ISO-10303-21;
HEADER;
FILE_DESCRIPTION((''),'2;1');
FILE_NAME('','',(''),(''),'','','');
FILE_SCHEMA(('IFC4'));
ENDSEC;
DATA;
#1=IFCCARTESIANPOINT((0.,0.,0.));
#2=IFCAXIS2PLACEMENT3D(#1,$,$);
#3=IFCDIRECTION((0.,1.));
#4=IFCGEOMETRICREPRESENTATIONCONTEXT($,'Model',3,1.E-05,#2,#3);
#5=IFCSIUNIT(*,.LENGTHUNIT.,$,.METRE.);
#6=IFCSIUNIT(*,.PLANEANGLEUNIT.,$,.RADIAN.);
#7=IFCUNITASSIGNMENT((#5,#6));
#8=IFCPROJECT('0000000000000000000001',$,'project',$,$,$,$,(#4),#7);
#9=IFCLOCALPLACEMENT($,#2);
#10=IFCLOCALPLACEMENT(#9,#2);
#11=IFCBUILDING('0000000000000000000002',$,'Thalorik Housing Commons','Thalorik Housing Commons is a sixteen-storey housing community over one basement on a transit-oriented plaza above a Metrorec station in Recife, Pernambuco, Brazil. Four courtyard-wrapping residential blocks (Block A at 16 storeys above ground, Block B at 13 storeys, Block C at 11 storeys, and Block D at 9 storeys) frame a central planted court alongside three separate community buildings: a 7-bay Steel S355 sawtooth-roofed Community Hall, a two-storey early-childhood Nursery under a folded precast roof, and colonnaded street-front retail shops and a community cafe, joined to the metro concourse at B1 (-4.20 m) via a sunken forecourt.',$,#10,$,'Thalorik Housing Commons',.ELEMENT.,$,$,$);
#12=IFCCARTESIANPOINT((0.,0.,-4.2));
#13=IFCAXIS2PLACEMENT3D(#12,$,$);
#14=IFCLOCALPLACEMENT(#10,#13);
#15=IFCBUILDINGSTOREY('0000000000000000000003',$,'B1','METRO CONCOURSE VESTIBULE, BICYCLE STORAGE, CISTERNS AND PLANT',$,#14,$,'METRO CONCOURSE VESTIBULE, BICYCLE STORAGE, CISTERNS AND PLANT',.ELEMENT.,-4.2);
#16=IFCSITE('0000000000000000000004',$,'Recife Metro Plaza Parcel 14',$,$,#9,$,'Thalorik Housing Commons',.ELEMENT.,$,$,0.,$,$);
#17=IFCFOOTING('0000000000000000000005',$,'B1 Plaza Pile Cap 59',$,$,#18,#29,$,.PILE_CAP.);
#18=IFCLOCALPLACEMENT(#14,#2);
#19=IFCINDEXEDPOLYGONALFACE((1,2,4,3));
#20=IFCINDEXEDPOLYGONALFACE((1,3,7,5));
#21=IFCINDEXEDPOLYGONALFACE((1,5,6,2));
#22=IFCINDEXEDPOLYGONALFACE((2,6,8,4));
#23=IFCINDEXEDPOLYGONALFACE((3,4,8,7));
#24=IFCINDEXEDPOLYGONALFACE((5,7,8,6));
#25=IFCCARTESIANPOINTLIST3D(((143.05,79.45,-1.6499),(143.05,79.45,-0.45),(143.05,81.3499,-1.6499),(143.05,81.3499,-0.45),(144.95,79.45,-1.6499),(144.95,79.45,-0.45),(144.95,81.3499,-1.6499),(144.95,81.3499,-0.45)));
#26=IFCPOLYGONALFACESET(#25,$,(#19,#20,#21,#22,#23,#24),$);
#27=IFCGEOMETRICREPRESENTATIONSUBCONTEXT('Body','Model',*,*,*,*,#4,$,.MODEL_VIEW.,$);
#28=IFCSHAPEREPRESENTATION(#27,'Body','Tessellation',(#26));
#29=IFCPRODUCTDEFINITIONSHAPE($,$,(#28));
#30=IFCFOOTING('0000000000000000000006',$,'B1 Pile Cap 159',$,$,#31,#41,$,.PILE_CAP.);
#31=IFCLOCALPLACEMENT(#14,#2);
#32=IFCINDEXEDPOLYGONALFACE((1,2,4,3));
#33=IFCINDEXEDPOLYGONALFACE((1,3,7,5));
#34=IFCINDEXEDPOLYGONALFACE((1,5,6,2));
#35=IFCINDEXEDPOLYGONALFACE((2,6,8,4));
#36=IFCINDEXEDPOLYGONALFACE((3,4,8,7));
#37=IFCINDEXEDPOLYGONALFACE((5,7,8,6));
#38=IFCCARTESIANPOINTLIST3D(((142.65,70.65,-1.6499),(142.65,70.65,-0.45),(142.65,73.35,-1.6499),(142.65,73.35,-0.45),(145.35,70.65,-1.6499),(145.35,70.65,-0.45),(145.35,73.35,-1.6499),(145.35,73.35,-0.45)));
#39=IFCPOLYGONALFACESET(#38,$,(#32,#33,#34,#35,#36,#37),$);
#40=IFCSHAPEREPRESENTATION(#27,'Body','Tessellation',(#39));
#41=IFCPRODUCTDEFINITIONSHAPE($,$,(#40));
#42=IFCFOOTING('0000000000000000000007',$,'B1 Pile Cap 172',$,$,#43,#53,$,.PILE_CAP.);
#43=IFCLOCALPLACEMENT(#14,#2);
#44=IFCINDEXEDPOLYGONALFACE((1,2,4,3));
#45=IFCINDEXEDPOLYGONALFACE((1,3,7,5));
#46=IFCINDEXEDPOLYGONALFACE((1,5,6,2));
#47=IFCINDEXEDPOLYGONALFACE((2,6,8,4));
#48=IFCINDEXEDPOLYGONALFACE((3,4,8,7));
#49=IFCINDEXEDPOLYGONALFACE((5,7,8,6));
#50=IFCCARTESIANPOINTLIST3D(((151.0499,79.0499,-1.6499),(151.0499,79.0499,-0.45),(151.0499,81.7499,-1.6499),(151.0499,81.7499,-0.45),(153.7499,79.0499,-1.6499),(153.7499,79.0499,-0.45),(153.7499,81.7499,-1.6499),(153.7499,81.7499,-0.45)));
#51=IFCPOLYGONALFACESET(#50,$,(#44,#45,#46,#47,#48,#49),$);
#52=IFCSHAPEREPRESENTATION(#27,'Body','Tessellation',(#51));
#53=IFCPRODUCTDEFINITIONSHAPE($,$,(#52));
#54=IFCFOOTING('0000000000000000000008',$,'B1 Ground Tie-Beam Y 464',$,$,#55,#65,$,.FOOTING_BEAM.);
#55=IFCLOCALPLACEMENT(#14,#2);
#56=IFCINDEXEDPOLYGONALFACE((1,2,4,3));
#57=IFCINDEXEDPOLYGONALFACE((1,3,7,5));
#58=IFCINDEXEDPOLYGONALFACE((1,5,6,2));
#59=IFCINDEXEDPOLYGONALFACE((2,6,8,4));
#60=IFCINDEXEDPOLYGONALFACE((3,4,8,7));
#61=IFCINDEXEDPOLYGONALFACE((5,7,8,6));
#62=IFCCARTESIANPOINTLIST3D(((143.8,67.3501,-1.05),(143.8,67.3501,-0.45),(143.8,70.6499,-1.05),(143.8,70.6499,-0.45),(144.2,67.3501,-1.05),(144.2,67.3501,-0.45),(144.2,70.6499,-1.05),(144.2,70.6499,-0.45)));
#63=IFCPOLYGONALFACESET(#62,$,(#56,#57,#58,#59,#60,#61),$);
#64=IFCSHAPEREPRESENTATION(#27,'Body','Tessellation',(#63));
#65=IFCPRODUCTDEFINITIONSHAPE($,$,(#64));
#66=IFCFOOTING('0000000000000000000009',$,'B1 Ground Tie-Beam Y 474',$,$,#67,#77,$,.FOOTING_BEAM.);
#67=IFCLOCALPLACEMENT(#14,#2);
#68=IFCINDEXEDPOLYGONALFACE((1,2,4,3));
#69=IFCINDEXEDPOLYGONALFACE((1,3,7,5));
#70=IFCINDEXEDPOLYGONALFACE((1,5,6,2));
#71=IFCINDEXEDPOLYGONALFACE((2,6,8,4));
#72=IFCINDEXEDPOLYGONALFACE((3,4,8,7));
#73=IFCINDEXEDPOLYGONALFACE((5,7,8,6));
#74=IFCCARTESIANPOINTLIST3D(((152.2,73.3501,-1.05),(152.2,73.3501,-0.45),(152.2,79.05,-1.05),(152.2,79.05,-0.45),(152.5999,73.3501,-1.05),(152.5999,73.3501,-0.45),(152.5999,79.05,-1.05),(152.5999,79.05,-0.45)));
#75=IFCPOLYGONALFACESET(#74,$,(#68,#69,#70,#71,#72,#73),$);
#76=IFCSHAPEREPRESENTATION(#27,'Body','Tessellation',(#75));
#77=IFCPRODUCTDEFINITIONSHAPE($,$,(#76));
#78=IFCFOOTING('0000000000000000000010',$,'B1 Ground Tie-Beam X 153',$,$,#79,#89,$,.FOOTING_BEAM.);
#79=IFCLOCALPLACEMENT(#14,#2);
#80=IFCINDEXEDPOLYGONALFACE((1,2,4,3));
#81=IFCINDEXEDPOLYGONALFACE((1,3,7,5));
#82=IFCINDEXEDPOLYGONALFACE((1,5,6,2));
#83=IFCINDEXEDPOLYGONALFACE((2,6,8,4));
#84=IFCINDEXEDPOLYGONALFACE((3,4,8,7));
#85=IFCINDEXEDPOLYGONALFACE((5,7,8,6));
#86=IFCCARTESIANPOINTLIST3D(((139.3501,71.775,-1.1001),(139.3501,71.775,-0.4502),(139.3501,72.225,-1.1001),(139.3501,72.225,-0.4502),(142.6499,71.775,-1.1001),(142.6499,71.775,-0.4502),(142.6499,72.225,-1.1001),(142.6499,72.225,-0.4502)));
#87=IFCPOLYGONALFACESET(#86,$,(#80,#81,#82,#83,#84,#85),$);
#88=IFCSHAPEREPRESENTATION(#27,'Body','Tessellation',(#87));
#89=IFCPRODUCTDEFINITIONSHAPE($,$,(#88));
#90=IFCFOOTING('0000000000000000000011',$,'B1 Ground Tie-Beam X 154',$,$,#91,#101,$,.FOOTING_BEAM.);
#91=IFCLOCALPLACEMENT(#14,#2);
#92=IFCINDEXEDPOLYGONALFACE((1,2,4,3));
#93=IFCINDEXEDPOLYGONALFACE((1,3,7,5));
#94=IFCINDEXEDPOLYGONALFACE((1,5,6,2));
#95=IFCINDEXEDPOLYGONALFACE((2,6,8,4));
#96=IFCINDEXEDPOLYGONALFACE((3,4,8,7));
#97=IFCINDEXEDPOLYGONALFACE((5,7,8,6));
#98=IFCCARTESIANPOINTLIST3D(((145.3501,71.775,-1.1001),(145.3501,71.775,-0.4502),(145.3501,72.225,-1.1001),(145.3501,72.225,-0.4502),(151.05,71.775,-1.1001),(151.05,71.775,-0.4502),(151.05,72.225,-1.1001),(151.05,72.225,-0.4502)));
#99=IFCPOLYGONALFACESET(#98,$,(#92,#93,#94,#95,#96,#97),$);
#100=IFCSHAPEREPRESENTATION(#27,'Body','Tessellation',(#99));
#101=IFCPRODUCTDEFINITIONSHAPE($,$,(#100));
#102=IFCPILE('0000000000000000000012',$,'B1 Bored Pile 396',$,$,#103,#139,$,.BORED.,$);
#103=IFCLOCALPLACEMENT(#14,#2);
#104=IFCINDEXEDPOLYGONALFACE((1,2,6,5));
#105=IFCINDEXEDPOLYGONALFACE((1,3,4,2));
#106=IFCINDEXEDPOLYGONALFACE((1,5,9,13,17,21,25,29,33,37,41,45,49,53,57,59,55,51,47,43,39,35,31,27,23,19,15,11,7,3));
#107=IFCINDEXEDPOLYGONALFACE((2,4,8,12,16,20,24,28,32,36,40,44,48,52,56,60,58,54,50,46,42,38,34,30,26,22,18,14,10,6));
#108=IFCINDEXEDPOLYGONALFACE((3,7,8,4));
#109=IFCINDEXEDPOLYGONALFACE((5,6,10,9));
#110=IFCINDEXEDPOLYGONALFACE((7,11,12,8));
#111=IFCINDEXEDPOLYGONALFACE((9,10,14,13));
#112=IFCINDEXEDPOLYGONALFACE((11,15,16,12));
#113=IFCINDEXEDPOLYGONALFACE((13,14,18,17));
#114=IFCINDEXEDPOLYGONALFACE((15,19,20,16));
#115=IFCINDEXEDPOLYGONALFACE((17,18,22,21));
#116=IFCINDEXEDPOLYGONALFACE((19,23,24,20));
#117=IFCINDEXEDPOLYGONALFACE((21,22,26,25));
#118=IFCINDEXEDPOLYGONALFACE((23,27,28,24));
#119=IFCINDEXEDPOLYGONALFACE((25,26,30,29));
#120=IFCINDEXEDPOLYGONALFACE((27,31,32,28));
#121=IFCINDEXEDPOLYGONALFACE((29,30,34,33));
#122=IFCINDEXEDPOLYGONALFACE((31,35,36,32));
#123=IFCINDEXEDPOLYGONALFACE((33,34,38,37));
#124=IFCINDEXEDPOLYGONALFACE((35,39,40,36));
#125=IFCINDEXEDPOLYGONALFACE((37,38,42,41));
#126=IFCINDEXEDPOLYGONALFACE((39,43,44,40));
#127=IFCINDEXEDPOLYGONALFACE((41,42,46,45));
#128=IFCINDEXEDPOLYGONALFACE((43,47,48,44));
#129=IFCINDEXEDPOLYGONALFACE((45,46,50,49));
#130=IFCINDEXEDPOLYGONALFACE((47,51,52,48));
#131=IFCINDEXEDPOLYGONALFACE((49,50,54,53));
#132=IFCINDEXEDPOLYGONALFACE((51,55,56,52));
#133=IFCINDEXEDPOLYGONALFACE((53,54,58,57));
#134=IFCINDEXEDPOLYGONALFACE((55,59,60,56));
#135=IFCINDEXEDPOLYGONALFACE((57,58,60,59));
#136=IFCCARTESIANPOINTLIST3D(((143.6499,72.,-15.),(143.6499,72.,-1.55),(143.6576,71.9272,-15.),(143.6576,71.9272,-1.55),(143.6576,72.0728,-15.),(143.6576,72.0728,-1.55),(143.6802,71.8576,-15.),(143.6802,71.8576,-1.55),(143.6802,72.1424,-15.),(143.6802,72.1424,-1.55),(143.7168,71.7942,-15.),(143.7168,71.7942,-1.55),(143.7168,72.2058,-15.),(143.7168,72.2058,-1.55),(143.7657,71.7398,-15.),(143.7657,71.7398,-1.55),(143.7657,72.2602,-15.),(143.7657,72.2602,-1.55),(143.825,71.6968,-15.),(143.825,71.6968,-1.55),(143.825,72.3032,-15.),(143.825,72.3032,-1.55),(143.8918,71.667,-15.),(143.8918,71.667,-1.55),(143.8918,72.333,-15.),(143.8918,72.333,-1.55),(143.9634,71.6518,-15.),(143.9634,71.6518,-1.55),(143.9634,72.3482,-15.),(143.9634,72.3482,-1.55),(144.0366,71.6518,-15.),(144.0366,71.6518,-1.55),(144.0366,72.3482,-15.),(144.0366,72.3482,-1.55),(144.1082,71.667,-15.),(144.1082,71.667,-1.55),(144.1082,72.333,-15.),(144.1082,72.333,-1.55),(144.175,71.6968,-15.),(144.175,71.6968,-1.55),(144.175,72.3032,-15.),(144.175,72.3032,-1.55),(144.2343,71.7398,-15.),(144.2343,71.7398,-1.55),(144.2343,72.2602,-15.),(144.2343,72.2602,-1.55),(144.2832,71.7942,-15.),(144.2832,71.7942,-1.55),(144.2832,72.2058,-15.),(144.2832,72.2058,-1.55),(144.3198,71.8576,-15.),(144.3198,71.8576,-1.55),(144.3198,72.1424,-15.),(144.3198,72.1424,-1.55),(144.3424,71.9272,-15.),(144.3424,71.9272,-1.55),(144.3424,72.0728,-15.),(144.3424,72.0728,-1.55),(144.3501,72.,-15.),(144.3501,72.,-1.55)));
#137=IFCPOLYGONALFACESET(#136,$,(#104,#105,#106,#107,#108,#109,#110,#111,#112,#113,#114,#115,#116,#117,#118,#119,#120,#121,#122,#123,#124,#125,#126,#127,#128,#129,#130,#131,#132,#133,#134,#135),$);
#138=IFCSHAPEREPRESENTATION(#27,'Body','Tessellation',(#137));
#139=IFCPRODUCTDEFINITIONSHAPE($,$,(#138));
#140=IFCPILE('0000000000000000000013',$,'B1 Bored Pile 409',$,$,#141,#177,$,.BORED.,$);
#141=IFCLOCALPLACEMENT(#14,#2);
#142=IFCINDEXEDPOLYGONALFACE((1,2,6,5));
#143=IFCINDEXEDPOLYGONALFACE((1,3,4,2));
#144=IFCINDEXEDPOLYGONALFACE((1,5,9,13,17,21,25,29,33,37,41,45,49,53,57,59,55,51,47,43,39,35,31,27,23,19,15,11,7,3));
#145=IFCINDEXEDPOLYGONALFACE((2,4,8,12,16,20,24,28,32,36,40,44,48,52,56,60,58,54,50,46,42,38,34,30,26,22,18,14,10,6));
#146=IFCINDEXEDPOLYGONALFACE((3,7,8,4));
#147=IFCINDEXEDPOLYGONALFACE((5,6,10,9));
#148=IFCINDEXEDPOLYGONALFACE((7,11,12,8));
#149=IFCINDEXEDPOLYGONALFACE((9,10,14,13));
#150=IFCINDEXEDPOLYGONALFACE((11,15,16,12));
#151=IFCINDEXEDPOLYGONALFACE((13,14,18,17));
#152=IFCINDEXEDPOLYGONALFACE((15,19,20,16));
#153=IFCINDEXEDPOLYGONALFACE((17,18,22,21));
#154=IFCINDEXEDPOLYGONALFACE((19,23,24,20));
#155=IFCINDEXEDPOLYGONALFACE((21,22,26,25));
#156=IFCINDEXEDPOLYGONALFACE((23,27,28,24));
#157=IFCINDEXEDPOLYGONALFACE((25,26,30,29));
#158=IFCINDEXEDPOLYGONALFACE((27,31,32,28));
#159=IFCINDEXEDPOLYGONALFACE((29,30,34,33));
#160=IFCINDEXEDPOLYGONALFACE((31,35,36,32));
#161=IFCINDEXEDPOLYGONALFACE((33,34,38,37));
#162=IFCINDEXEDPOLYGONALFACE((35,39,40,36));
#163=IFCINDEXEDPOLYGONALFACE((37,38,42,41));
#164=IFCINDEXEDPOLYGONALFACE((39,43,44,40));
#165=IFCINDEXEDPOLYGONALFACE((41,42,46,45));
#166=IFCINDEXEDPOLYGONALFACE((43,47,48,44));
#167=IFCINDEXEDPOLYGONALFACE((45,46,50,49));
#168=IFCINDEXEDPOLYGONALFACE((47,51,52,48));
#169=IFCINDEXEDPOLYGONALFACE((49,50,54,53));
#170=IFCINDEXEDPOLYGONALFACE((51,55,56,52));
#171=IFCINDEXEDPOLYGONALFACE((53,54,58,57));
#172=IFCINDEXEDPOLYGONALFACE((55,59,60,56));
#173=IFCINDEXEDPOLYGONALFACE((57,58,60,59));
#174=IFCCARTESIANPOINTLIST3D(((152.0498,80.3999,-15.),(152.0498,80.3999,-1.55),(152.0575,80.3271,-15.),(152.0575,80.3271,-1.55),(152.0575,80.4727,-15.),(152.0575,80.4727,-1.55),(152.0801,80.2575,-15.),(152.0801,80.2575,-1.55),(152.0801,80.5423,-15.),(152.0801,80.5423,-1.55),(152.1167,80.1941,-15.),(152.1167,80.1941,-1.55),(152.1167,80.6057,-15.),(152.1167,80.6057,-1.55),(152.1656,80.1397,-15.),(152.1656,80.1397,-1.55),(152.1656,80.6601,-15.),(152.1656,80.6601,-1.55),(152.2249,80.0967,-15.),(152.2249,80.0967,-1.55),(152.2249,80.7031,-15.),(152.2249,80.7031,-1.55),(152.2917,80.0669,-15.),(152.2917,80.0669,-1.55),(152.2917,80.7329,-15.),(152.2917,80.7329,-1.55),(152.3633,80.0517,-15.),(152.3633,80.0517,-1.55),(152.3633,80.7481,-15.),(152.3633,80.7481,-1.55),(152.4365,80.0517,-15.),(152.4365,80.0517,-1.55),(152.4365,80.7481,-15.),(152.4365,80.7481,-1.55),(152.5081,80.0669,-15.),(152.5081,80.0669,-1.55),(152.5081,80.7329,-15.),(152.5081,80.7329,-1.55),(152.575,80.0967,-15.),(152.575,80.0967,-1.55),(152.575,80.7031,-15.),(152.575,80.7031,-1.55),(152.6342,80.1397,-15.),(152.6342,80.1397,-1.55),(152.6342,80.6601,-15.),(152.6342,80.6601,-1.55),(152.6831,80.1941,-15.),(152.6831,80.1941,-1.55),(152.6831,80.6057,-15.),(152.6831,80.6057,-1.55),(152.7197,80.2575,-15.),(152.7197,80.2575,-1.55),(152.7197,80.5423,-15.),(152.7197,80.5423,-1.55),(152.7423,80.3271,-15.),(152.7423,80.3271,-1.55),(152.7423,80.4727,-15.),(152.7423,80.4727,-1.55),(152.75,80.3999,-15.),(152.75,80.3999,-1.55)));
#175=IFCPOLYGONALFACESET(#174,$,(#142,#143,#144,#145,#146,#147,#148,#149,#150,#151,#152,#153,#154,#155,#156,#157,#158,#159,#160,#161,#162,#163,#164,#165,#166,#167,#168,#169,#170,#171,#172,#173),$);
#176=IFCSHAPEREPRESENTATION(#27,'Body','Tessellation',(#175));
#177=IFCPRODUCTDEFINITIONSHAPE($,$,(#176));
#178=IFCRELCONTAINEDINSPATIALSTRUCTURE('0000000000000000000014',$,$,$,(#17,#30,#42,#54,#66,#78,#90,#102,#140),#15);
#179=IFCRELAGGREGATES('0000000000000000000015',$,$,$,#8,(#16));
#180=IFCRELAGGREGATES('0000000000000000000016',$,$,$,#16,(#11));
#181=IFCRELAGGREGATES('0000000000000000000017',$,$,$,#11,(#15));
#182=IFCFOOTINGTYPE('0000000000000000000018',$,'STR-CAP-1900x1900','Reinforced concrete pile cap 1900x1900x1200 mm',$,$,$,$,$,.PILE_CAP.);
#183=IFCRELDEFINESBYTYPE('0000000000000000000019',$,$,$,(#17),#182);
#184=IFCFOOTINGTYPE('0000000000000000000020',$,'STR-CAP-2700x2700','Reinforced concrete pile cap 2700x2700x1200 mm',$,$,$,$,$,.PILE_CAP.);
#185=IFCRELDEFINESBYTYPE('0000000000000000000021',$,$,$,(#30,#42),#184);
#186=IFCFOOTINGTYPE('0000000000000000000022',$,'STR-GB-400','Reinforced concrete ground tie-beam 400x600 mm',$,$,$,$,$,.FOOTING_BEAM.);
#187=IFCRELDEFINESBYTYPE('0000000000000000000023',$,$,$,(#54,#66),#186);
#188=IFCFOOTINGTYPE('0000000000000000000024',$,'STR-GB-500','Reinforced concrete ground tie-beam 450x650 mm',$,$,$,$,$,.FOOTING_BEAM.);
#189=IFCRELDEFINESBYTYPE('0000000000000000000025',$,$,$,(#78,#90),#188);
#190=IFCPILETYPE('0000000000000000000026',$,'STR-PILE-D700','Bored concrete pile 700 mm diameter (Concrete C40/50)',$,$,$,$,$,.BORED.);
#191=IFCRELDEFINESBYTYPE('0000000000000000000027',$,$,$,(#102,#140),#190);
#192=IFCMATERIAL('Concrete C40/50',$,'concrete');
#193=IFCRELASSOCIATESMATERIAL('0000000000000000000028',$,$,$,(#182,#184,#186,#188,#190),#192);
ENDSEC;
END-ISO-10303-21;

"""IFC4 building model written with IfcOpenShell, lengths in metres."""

from ifc_helpers import new_model, si_unit, direction, frame, origin, origin_2d, place, context, subcontext, project, spatial, rectangle, circle, extrude, material, material_profile, profile_set, type_object, element, save


model = new_model("IFC4")

# Units and contexts
model_context = context("Model", 3, precision=1e-05, world=origin(), true_north=direction((0.0, 1.0)))
body_context = subcontext(model_context, "Body", "Model", "MODEL_VIEW")
ifc_project = project(units=[si_unit("LENGTHUNIT", "METRE"), si_unit("PLANEANGLEUNIT", "RADIAN")], contexts=[model_context])

# Site, building, storey
site_placement = place(None, origin())
site = spatial("IfcSite", under=ifc_project, at=site_placement, Name="Recife Metro Plaza Parcel 14", LongName="Thalorik Housing Commons", CompositionType="ELEMENT", RefElevation=0.0)
building_placement = place(site_placement, origin())
building = spatial("IfcBuilding", under=site, at=building_placement, Name="Thalorik Housing Commons", Description="Thalorik Housing Commons is a sixteen-storey housing community over one basement on a transit-oriented plaza above a Metrorec station in Recife, Pernambuco, Brazil. Four courtyard-wrapping residential blocks (Block A at 16 storeys above ground, Block B at 13 storeys, Block C at 11 storeys, and Block D at 9 storeys) frame a central planted court alongside three separate community buildings: a 7-bay Steel S355 sawtooth-roofed Community Hall, a two-storey early-childhood Nursery under a folded precast roof, and colonnaded street-front retail shops and a community cafe, joined to the metro concourse at B1 (-4.20 m) via a sunken forecourt.", LongName="Thalorik Housing Commons", CompositionType="ELEMENT")
storey_placement = place(building_placement, frame((0.0, 0.0, -4.2)))
storey = spatial("IfcBuildingStorey", under=building, at=storey_placement, Name="B1", Description="METRO CONCOURSE VESTIBULE, BICYCLE STORAGE, CISTERNS AND PLANT", LongName="METRO CONCOURSE VESTIBULE, BICYCLE STORAGE, CISTERNS AND PLANT", CompositionType="ELEMENT", Elevation=-4.2)

# Footings
ifc_material_1 = material(Name="Concrete C40/50", Category="concrete")
footing_type_1 = type_object("IfcFootingType", Name="STR-CAP-1900x1900", Description="Reinforced concrete pile cap 1900x1900x1200 mm", PredefinedType="PILE_CAP", material=ifc_material_1)
footing_1_placement = place(storey_placement, frame((144.0, 80.3999, -1.6499), z_axis=(0.0, 0.0, 1.0), x_axis=(1.0, 0.0, 0.0)))
element("IfcFooting", 1, at=footing_1_placement, inside=storey, type_object=footing_type_1, Name="B1 Plaza Pile Cap 59", PredefinedType="PILE_CAP", context=body_context, shape_type="SweptSolid", body=[
    extrude(rectangle(XDim=1.8999, YDim=1.8999, at=origin_2d()), origin(), (0.0, 0.0, 1.0), 1.2),
])
footing_type_2 = type_object("IfcFootingType", Name="STR-CAP-2700x2700", Description="Reinforced concrete pile cap 2700x2700x1200 mm", PredefinedType="PILE_CAP", material=ifc_material_1)
for number, where, z_axis, x_axis, name in (
    (2, (144.0, 72.0, -1.6499), (0.0, 0.0, 1.0), (1.0, 0.0, 0.0), "B1 Pile Cap 159"),
    (3, (152.3999, 80.3999, -1.6499), (0.0, 0.0, 1.0), (1.0, 0.0, 0.0), "B1 Pile Cap 172"),
):
    element("IfcFooting", number, at=place(storey_placement, frame(where, z_axis=z_axis, x_axis=x_axis)), inside=storey, type_object=footing_type_2, Name=name, PredefinedType="PILE_CAP", context=body_context, shape_type="SweptSolid", body=[
        extrude(rectangle(XDim=2.7, YDim=2.7, at=origin_2d()), origin(), (0.0, 0.0, 1.0), 1.2),
    ])
ifc_material_profile_1 = material_profile(ifc_material_1, rectangle(XDim=0.3999, YDim=0.6001, at=origin_2d()), Name="RC 400x600", Category="concrete")
ifc_profile_set_1 = profile_set([ifc_material_profile_1], Name="Concrete C40/50")
footing_type_3 = type_object("IfcFootingType", Name="STR-GB-400", Description="Reinforced concrete ground tie-beam 400x600 mm", PredefinedType="FOOTING_BEAM", material=ifc_profile_set_1)
footing_2_placement = place(storey_placement, frame((144.0, 67.3501, -0.75), z_axis=(0.0, 1.0, 0.0), x_axis=(-1.0, 0.0, 0.0)))
element("IfcFooting", 4, at=footing_2_placement, inside=storey, type_object=footing_type_3, Name="B1 Ground Tie-Beam Y 464", PredefinedType="FOOTING_BEAM", context=body_context, shape_type="SweptSolid", body=[
    extrude(rectangle(XDim=0.3999, YDim=0.6001, at=origin_2d()), origin(), (0.0, 0.0, 1.0), 3.2998),
])
footing_3_placement = place(storey_placement, frame((152.3999, 73.3501, -0.75), z_axis=(0.0, 1.0, 0.0), x_axis=(-1.0, 0.0, 0.0)))
element("IfcFooting", 5, at=footing_3_placement, inside=storey, type_object=footing_type_3, Name="B1 Ground Tie-Beam Y 474", PredefinedType="FOOTING_BEAM", context=body_context, shape_type="SweptSolid", body=[
    extrude(rectangle(XDim=0.3999, YDim=0.6001, at=origin_2d()), origin(), (0.0, 0.0, 1.0), 5.7),
])
ifc_material_profile_2 = material_profile(ifc_material_1, rectangle(XDim=0.45, YDim=0.6499, at=origin_2d()), Name="RC 450x650", Category="concrete")
ifc_profile_set_2 = profile_set([ifc_material_profile_2], Name="Concrete C40/50")
footing_type_4 = type_object("IfcFootingType", Name="STR-GB-500", Description="Reinforced concrete ground tie-beam 450x650 mm", PredefinedType="FOOTING_BEAM", material=ifc_profile_set_2)
footing_4_placement = place(storey_placement, frame((139.3501, 72.0, -0.7751), z_axis=(1.0, 0.0, 0.0), x_axis=(0.0, 1.0, 0.0)))
element("IfcFooting", 6, at=footing_4_placement, inside=storey, type_object=footing_type_4, Name="B1 Ground Tie-Beam X 153", PredefinedType="FOOTING_BEAM", context=body_context, shape_type="SweptSolid", body=[
    extrude(rectangle(XDim=0.45, YDim=0.6499, at=origin_2d()), origin(), (0.0, 0.0, 1.0), 3.2998),
])
footing_5_placement = place(storey_placement, frame((145.3501, 72.0, -0.7751), z_axis=(1.0, 0.0, 0.0), x_axis=(0.0, 1.0, 0.0)))
element("IfcFooting", 7, at=footing_5_placement, inside=storey, type_object=footing_type_4, Name="B1 Ground Tie-Beam X 154", PredefinedType="FOOTING_BEAM", context=body_context, shape_type="SweptSolid", body=[
    extrude(rectangle(XDim=0.45, YDim=0.6499, at=origin_2d()), origin(), (0.0, 0.0, 1.0), 5.7),
])

# Piles
ifc_material_profile_3 = material_profile(ifc_material_1, circle(Radius=0.3501, at=origin_2d()), Name="BORED PILE D700", Category="concrete")
ifc_profile_set_3 = profile_set([ifc_material_profile_3], Name="Concrete C40/50")
pile_type_1 = type_object("IfcPileType", Name="STR-PILE-D700", Description="Bored concrete pile 700 mm diameter (Concrete C40/50)", PredefinedType="BORED", material=ifc_profile_set_3)
for number, where, z_axis, x_axis, name in (
    (8, (144.0, 72.0, -1.55), (0.0, 0.0, -1.0), (1.0, 0.0, 0.0), "B1 Bored Pile 396"),
    (9, (152.3999, 80.3999, -1.55), (0.0, 0.0, -1.0), (1.0, 0.0, 0.0), "B1 Bored Pile 409"),
):
    element("IfcPile", number, at=place(storey_placement, frame(where, z_axis=z_axis, x_axis=x_axis)), inside=storey, type_object=pile_type_1, Name=name, PredefinedType="BORED", context=body_context, shape_type="SweptSolid", body=[
        extrude(circle(Radius=0.3501, at=origin_2d()), origin(), (0.0, 0.0, 1.0), 13.45),
    ])

save(model, "model.ifc")
